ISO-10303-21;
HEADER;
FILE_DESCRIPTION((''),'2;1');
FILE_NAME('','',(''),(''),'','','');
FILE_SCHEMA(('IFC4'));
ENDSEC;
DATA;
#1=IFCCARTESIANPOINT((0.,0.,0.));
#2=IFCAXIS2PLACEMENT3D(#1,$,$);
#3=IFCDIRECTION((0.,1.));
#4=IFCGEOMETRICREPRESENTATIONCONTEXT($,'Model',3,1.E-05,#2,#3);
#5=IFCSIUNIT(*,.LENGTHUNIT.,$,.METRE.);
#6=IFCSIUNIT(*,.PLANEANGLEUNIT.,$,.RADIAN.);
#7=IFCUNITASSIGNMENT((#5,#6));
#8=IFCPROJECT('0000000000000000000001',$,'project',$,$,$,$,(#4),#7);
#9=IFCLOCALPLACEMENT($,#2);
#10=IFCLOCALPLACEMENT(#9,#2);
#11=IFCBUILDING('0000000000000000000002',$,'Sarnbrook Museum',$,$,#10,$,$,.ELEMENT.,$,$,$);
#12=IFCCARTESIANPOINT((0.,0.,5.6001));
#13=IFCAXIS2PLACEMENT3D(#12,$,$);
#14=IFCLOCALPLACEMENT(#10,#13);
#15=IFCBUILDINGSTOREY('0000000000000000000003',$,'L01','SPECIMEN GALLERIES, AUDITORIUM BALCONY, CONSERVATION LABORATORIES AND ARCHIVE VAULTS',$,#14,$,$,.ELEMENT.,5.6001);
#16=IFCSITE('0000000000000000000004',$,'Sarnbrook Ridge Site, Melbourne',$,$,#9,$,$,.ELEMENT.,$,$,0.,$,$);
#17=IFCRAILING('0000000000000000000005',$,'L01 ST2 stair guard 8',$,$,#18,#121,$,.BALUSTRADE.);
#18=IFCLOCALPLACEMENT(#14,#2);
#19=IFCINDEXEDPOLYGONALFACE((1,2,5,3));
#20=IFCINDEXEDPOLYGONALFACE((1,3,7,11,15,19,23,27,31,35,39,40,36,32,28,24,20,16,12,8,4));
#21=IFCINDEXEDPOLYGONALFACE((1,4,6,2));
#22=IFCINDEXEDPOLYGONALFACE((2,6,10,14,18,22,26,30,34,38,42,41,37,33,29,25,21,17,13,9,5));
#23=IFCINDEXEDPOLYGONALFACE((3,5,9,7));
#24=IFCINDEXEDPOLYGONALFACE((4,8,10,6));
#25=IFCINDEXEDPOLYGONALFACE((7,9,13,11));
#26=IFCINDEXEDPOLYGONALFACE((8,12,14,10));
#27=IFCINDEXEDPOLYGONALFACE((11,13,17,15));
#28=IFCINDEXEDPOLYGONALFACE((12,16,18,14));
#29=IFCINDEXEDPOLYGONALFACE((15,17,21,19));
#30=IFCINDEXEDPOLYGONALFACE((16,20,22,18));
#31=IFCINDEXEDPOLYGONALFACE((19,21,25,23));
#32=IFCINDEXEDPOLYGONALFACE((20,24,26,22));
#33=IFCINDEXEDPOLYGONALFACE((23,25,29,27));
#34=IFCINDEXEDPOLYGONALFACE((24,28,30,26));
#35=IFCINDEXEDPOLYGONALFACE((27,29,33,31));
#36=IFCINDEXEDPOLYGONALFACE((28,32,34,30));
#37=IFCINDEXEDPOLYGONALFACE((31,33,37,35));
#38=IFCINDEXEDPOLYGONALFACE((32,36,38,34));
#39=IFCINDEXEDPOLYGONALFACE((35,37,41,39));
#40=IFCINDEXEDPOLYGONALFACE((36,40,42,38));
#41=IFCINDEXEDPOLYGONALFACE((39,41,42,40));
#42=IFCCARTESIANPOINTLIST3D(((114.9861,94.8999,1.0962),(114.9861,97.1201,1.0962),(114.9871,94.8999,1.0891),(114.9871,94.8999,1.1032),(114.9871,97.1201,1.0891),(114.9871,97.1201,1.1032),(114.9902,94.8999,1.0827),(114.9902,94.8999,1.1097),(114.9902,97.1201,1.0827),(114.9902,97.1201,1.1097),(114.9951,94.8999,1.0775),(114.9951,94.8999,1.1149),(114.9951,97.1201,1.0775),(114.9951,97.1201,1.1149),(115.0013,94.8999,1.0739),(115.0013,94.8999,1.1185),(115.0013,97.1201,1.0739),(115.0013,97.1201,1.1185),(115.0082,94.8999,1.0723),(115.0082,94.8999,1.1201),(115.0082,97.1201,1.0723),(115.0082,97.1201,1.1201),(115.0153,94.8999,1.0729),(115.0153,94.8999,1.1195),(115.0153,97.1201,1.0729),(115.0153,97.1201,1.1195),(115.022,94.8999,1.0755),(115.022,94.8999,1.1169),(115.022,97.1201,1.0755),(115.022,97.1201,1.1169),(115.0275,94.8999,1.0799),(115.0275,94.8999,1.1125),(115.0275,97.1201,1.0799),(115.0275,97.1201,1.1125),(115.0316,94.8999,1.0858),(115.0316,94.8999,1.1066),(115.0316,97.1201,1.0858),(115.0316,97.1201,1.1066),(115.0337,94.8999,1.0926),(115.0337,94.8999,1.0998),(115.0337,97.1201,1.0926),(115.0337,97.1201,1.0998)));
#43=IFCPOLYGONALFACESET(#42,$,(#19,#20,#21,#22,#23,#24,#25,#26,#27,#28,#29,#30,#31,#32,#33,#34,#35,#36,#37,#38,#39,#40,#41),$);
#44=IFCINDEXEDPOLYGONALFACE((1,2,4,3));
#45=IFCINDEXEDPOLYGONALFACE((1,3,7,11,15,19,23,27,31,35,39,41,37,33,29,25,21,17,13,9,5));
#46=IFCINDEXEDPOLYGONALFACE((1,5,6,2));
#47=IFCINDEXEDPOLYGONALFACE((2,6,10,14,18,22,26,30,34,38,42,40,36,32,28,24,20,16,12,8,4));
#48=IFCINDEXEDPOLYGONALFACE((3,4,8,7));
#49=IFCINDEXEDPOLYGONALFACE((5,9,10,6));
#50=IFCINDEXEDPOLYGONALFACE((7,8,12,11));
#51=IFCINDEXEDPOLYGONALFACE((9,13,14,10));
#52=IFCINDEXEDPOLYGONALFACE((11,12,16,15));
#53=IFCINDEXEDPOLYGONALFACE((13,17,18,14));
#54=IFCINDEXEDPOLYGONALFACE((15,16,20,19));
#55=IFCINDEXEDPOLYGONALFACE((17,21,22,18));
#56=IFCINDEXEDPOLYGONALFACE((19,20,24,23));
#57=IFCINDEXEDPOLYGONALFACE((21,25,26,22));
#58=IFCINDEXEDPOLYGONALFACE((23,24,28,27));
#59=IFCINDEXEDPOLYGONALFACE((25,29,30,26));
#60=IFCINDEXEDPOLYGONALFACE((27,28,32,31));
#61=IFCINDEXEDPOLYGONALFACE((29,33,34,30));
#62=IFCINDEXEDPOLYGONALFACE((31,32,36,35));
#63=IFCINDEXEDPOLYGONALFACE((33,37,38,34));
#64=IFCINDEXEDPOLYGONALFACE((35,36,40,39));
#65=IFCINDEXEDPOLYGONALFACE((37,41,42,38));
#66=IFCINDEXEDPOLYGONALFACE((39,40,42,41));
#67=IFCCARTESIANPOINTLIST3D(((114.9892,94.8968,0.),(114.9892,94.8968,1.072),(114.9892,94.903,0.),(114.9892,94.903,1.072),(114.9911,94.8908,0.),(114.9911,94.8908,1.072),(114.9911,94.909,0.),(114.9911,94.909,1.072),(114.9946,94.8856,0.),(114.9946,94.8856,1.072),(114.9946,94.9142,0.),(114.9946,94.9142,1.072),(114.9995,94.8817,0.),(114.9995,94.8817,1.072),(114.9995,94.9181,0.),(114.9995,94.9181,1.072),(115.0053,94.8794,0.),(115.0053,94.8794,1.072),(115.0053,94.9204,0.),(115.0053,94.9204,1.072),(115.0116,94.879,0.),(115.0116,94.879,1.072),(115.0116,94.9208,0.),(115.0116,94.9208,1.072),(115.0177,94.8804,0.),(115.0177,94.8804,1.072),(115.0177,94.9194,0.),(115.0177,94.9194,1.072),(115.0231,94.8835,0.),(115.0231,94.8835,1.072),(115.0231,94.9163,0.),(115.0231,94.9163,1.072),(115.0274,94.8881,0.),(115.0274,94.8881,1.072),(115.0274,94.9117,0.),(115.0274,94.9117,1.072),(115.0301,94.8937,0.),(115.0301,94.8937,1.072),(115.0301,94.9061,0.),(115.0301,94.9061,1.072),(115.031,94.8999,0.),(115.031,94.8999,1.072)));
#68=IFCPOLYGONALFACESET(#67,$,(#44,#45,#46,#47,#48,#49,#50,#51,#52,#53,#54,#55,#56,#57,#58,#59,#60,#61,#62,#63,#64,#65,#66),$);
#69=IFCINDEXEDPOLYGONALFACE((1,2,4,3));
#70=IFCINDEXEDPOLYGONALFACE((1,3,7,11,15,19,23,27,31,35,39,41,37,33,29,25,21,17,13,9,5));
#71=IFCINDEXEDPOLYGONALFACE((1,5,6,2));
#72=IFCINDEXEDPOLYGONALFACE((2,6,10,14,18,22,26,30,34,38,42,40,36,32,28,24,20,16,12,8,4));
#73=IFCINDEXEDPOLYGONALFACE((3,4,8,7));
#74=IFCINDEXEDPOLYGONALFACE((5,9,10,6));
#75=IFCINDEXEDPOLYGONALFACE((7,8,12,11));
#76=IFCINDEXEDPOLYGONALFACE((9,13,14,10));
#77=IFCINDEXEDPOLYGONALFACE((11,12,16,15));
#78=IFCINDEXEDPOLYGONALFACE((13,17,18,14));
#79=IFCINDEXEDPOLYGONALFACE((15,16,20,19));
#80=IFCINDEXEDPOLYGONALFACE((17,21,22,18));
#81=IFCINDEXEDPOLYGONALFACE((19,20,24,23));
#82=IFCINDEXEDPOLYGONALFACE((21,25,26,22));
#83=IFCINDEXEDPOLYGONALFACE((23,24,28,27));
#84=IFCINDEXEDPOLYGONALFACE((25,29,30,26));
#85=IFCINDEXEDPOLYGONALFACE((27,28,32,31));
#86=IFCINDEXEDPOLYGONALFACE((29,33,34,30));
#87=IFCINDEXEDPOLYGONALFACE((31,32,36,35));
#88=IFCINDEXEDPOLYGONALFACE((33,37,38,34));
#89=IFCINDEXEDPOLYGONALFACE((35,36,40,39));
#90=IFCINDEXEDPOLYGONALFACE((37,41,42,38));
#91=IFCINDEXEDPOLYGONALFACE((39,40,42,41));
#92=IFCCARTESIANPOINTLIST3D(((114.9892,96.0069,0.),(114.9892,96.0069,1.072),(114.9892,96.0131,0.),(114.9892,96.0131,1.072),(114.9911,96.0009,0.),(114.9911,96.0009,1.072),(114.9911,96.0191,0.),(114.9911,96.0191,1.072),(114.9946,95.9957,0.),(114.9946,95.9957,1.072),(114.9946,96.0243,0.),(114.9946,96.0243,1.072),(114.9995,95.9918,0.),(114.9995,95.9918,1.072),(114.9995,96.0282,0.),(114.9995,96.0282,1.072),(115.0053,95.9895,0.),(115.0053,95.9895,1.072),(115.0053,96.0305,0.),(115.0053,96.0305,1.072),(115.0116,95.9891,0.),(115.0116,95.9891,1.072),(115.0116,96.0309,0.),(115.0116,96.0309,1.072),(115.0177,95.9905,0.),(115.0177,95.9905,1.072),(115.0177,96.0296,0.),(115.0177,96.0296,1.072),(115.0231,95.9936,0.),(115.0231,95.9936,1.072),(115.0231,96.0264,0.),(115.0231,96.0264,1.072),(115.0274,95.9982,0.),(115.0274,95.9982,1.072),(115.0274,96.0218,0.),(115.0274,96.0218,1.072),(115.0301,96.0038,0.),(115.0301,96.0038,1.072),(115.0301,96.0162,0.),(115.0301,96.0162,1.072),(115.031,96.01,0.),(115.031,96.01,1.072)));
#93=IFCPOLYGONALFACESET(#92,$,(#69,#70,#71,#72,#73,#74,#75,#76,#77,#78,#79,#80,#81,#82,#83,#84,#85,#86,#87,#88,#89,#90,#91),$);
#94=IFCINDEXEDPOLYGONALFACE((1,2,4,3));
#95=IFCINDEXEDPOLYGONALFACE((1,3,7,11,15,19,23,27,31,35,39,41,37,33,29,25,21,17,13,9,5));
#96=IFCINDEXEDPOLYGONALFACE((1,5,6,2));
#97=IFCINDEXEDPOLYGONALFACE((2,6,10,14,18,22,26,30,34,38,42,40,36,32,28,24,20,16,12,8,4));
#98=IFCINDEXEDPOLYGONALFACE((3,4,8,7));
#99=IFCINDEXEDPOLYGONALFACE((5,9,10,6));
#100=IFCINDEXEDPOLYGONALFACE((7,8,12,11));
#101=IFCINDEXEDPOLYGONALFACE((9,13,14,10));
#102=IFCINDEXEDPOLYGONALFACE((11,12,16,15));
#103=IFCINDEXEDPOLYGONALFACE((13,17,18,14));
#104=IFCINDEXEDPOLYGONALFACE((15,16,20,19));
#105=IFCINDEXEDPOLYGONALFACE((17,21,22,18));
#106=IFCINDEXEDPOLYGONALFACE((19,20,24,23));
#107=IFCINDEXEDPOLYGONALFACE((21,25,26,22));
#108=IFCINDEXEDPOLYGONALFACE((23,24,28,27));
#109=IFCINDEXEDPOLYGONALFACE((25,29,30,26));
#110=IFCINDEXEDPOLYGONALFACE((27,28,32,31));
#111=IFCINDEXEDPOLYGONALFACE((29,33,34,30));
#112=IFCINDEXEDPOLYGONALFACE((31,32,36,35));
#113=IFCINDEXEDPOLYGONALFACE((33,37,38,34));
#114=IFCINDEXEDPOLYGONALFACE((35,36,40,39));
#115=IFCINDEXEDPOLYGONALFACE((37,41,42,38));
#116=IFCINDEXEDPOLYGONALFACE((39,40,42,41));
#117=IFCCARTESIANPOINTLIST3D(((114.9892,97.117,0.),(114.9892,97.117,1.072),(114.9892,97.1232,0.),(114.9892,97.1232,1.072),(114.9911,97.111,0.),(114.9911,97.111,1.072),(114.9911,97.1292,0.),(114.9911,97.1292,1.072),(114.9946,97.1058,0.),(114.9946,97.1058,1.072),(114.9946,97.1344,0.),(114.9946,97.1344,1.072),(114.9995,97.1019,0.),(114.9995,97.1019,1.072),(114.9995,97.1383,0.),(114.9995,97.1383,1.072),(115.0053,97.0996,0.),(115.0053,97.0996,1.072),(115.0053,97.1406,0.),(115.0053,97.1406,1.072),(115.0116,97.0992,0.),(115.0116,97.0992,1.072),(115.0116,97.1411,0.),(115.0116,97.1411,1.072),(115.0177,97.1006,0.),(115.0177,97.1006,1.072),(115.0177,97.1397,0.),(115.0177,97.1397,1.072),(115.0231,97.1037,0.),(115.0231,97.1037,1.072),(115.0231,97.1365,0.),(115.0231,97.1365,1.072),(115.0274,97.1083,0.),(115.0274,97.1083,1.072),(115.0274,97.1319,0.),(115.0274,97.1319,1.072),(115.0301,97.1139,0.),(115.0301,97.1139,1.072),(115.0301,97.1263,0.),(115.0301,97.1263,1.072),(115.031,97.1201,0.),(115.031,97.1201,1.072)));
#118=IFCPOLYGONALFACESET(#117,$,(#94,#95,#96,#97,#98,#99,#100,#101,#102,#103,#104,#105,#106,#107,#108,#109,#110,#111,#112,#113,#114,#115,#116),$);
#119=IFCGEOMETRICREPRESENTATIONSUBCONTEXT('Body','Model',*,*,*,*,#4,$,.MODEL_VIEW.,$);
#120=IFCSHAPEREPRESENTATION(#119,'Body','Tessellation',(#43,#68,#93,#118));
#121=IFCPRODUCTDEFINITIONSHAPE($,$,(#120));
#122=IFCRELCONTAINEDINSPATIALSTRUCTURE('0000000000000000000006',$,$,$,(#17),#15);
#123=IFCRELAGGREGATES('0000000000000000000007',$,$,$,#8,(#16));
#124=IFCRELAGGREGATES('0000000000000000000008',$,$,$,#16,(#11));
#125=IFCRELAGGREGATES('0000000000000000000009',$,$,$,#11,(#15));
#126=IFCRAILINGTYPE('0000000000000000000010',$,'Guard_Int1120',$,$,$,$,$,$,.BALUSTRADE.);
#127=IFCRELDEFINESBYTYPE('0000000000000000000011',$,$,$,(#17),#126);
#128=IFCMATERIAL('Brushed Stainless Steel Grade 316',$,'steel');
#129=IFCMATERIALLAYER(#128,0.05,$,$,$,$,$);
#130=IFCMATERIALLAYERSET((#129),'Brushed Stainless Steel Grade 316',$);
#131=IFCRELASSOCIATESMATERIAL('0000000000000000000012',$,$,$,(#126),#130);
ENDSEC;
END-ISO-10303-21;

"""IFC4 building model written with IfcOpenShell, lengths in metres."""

from ifc_helpers import new_model, si_unit, direction, frame, origin, origin_2d, place, context, subcontext, project, spatial, circle, extrude, material, layer, layer_set, type_object, element, save


model = new_model("IFC4")

# Units and contexts
model_context = context("Model", 3, precision=1e-05, world=origin(), true_north=direction((0.0, 1.0)))
body_context = subcontext(model_context, "Body", "Model", "MODEL_VIEW")
ifc_project = project(units=[si_unit("LENGTHUNIT", "METRE"), si_unit("PLANEANGLEUNIT", "RADIAN")], contexts=[model_context])

# Site, building, storey
site_placement = place(None, origin())
site = spatial("IfcSite", under=ifc_project, at=site_placement, Name="Sarnbrook Ridge Site, Melbourne", CompositionType="ELEMENT", RefElevation=0.0)
building_placement = place(site_placement, origin())
building = spatial("IfcBuilding", under=site, at=building_placement, Name="Sarnbrook Museum", CompositionType="ELEMENT")
storey_placement = place(building_placement, frame((0.0, 0.0, 5.6001)))
storey = spatial("IfcBuildingStorey", under=building, at=storey_placement, Name="L01", Description="SPECIMEN GALLERIES, AUDITORIUM BALCONY, CONSERVATION LABORATORIES AND ARCHIVE VAULTS", CompositionType="ELEMENT", Elevation=5.6001)

# Railing
ifc_material_1 = material(Name="Brushed Stainless Steel Grade 316", Category="steel")
ifc_layer_1 = layer(ifc_material_1, 0.05)
ifc_layer_set_1 = layer_set([ifc_layer_1], Name="Brushed Stainless Steel Grade 316")
railing_type = type_object("IfcRailingType", Name="Guard_Int1120", PredefinedType="BALUSTRADE", material=ifc_layer_set_1)
for number, where, name in (
    (1, (115.01, 94.8999, 0.0), "L01 ST2 stair guard 8"),
):
    element("IfcRailing", number, at=place(storey_placement, frame(where)), inside=storey, type_object=railing_type, Name=name, PredefinedType="BALUSTRADE", context=body_context, shape_type="SweptSolid", body=[
        extrude(circle(Radius=0.0239, at=origin_2d()), frame((0.0, 0.0, 1.0962), z_axis=(0.0, 1.0, 0.0), x_axis=(-1.0, 0.0, 0.0)), (0.0, 0.0, 1.0), 2.2202),
        extrude(circle(Radius=0.021, at=origin_2d()), origin(), (0.0, 0.0, 1.0), 1.072),
        extrude(circle(Radius=0.021, at=origin_2d()), frame((0.0, 1.1101, 0.0)), (0.0, 0.0, 1.0), 1.072),
        extrude(circle(Radius=0.021, at=origin_2d()), frame((0.0, 2.2202, 0.0)), (0.0, 0.0, 1.0), 1.072),
    ])

save(model, "model.ifc")
